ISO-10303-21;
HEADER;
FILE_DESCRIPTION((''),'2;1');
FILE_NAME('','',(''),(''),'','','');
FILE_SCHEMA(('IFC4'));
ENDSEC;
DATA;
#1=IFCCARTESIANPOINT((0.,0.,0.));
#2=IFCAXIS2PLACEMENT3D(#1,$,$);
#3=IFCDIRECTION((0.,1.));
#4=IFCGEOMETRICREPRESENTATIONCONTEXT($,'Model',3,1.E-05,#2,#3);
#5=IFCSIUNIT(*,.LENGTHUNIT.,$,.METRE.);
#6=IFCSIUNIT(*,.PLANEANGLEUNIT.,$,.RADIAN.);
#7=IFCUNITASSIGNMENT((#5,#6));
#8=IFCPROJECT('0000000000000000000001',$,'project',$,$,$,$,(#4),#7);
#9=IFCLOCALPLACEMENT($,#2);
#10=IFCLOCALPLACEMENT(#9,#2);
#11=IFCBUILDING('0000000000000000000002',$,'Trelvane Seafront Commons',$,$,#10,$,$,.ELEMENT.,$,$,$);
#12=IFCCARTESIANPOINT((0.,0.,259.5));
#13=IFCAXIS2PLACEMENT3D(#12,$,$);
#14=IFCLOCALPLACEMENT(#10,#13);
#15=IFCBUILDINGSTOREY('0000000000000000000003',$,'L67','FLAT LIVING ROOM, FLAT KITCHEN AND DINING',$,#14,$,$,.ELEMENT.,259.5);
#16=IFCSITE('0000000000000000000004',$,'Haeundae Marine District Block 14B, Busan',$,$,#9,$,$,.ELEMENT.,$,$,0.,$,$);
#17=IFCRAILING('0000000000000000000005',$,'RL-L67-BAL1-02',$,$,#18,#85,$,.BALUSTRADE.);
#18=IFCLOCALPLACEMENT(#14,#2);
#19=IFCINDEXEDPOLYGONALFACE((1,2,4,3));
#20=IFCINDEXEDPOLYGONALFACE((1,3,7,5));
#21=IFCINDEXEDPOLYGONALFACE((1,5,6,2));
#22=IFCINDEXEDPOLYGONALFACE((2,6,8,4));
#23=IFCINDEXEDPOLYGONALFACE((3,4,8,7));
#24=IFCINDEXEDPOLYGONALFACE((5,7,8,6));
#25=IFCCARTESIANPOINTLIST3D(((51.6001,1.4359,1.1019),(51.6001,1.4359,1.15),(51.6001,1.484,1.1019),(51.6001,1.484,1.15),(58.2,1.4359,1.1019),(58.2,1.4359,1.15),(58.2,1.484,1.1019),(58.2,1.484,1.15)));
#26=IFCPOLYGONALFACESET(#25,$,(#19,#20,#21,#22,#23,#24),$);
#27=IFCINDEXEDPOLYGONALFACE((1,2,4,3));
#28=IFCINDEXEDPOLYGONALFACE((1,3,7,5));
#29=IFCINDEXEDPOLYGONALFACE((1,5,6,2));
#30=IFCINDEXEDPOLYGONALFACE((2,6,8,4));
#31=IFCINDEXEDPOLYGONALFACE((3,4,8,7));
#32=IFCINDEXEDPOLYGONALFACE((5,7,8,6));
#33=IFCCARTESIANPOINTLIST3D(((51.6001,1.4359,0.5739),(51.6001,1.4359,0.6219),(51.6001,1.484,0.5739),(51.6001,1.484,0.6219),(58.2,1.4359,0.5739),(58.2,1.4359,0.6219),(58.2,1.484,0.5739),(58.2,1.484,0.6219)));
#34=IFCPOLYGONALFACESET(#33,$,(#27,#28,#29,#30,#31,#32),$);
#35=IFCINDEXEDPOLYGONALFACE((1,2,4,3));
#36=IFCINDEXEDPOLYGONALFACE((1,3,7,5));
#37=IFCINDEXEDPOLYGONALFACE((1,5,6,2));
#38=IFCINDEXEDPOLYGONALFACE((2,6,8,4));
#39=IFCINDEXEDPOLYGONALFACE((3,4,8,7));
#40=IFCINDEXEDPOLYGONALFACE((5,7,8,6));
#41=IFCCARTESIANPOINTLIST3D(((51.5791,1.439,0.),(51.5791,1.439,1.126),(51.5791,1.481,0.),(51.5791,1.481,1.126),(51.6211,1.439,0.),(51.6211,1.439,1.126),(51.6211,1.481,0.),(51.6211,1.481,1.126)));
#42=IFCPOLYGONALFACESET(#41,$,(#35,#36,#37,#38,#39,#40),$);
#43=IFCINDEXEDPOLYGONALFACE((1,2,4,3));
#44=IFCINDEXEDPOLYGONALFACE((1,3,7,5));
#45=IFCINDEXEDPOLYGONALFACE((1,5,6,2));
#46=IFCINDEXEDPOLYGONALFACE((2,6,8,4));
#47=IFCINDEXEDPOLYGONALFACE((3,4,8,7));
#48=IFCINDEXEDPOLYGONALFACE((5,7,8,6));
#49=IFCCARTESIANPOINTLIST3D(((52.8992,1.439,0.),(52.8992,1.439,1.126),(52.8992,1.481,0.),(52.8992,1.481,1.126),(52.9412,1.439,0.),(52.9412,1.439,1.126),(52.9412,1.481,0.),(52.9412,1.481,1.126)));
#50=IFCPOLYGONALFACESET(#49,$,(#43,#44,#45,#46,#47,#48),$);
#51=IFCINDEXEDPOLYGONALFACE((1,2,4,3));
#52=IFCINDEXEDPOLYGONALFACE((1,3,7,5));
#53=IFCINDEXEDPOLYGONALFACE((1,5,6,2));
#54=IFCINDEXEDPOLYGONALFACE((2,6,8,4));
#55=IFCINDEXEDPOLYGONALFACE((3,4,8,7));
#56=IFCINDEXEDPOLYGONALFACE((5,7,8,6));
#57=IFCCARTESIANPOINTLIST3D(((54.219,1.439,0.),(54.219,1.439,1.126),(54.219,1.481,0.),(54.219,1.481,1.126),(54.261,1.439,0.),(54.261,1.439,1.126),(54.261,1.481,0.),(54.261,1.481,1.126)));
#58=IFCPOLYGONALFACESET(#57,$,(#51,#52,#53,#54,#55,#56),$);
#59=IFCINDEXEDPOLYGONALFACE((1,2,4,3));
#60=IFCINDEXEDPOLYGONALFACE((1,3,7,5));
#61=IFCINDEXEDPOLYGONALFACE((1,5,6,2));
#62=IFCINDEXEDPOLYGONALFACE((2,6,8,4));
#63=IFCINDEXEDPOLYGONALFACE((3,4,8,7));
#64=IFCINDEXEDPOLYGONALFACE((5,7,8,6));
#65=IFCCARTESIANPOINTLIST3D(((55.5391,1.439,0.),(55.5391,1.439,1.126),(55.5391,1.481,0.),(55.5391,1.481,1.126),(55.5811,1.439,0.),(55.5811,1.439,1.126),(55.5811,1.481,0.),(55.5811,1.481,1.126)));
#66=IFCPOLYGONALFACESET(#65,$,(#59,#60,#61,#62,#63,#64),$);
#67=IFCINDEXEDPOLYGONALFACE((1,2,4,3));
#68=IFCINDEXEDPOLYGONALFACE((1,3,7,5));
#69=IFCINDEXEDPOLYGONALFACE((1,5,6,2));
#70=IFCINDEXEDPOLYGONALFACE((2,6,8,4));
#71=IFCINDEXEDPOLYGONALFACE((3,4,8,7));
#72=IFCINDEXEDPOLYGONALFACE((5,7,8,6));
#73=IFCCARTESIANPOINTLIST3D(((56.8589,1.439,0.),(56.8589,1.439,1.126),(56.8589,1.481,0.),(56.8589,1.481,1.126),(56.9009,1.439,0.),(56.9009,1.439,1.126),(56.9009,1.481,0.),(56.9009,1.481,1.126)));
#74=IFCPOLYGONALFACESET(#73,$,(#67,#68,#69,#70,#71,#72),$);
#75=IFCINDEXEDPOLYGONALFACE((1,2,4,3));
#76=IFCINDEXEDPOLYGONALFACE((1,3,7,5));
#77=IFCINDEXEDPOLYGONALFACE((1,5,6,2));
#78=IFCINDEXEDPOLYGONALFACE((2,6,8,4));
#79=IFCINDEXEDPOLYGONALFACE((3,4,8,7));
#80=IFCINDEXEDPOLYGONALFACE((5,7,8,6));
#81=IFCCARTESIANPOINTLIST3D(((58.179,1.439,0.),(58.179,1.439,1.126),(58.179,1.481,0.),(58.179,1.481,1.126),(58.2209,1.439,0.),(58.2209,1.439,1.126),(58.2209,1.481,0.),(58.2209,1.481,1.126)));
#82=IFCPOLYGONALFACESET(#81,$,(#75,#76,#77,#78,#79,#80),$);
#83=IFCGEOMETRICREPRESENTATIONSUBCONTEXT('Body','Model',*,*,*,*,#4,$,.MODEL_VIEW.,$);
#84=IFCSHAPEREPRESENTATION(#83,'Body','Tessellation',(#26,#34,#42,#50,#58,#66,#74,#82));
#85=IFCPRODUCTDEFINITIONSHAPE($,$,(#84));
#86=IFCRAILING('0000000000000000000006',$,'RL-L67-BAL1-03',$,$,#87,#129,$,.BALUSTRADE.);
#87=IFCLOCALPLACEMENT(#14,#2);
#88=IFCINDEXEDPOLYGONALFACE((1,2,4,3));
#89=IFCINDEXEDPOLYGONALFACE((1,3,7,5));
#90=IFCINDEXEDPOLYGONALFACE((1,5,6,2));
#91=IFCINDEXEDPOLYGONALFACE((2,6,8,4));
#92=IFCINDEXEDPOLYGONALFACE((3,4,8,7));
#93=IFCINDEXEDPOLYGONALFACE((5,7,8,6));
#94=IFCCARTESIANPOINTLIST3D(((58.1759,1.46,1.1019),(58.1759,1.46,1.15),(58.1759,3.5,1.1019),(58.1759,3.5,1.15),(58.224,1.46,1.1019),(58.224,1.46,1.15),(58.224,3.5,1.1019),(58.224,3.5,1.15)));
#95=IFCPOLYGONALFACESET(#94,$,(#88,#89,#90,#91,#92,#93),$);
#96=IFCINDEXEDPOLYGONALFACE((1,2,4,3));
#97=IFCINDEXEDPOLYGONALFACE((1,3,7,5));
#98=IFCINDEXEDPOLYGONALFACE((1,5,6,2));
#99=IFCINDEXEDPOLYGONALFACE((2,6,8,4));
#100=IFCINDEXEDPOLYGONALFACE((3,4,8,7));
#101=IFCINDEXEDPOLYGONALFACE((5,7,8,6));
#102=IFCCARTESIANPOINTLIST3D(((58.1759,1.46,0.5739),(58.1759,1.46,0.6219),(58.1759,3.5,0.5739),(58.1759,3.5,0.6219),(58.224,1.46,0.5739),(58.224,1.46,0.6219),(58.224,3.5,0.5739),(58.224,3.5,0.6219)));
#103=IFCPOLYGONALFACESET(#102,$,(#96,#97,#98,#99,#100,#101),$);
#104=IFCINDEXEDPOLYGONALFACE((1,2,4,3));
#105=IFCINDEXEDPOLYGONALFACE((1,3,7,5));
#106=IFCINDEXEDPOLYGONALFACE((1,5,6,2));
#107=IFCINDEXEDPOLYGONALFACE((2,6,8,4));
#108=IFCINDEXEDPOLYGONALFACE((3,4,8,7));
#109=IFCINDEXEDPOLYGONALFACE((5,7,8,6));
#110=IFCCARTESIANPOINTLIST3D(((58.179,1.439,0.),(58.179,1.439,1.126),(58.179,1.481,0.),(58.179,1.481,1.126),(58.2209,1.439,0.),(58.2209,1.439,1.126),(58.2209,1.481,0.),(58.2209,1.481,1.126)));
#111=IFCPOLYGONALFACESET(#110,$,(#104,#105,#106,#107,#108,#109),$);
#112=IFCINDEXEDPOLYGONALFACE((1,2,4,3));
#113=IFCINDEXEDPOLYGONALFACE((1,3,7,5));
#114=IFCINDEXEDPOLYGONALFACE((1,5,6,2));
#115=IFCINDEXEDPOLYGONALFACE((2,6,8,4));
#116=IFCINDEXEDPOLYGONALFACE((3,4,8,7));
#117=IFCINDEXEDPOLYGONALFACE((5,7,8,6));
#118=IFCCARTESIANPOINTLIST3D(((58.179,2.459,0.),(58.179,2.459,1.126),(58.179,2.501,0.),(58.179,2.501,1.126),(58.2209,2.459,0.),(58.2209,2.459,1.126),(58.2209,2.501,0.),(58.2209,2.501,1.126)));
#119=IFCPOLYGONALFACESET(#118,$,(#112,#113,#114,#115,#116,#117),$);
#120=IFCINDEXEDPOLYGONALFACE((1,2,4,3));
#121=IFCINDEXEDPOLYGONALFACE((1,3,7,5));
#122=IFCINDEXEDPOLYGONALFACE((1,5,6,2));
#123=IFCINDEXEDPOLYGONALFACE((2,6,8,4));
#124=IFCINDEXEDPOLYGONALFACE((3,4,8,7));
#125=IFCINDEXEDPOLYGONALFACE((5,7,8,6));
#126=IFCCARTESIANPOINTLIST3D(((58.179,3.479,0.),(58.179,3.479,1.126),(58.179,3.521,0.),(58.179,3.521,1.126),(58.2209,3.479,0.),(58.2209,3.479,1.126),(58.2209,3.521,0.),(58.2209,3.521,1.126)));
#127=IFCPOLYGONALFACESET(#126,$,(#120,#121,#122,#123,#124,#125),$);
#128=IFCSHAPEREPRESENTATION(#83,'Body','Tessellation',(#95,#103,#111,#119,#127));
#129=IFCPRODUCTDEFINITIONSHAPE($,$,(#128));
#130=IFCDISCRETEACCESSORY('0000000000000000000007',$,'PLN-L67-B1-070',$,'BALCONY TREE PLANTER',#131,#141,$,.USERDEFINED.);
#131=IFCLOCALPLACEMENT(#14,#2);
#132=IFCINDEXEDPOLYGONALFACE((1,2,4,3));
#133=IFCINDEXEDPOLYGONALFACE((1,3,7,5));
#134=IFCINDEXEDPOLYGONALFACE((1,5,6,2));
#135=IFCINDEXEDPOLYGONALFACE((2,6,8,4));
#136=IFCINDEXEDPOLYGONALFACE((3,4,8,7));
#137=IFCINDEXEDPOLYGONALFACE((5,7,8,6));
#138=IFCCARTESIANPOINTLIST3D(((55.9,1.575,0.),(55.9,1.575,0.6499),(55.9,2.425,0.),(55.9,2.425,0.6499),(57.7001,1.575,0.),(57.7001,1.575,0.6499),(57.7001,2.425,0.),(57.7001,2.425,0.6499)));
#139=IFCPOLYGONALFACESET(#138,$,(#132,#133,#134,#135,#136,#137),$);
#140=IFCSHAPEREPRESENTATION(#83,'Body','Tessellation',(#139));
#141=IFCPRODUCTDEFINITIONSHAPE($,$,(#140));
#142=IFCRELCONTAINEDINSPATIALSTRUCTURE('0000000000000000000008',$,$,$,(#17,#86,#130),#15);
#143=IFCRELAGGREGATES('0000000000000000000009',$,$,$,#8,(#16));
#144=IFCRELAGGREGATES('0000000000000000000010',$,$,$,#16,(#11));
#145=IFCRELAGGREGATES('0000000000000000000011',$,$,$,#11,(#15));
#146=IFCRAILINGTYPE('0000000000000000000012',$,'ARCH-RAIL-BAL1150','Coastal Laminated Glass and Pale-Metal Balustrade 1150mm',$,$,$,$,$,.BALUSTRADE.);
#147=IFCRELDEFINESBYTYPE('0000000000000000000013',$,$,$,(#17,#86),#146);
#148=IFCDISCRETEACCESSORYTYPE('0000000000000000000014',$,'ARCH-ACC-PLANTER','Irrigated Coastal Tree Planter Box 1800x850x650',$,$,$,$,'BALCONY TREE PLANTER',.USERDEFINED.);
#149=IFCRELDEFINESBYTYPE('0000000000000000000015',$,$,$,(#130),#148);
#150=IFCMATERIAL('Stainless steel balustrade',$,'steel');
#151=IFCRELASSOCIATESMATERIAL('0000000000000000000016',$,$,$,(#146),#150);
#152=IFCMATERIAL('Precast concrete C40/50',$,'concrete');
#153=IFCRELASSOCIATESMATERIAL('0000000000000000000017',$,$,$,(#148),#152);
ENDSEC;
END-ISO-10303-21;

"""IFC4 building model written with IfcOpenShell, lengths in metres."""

from ifc_helpers import new_model, si_unit, direction, frame, origin, origin_2d, place, context, subcontext, project, spatial, rectangle, extrude, source, transform, mapped, material, type_object, element, save


model = new_model("IFC4")

# Units and contexts
model_context = context("Model", 3, precision=1e-05, world=origin(), true_north=direction((0.0, 1.0)))
body_context = subcontext(model_context, "Body", "Model", "MODEL_VIEW")
ifc_project = project(units=[si_unit("LENGTHUNIT", "METRE"), si_unit("PLANEANGLEUNIT", "RADIAN")], contexts=[model_context])

# Site, building, storey
site_placement = place(None, origin())
site = spatial("IfcSite", under=ifc_project, at=site_placement, Name="Haeundae Marine District Block 14B, Busan", CompositionType="ELEMENT", RefElevation=0.0)
building_placement = place(site_placement, origin())
building = spatial("IfcBuilding", under=site, at=building_placement, Name="Trelvane Seafront Commons", CompositionType="ELEMENT")
storey_placement = place(building_placement, frame((0.0, 0.0, 259.5)))
storey = spatial("IfcBuildingStorey", under=building, at=storey_placement, Name="L67", Description="FLAT LIVING ROOM, FLAT KITCHEN AND DINING", CompositionType="ELEMENT", Elevation=259.5)

# Railings
ifc_material_1 = material(Name="Stainless steel balustrade", Category="steel")
railing_type = type_object("IfcRailingType", Name="ARCH-RAIL-BAL1150", Description="Coastal Laminated Glass and Pale-Metal Balustrade 1150mm", PredefinedType="BALUSTRADE", material=ifc_material_1)
railing_1_placement = place(storey_placement, frame((51.6001, 1.46, 0.0)))
element("IfcRailing", 1, at=railing_1_placement, inside=storey, type_object=railing_type, Name="RL-L67-BAL1-02", PredefinedType="BALUSTRADE", context=body_context, shape_type="SweptSolid", body=[
    extrude(rectangle(XDim=0.0481, YDim=0.0481, at=origin_2d()), frame((0.0, 0.0, 1.126), z_axis=(1.0, 0.0, 0.0), x_axis=(0.0, 1.0, 0.0)), (0.0, 0.0, 1.0), 6.5999),
    extrude(rectangle(XDim=0.0481, YDim=0.0481, at=origin_2d()), frame((0.0, 0.0, 0.5979), z_axis=(1.0, 0.0, 0.0), x_axis=(0.0, 1.0, 0.0)), (0.0, 0.0, 1.0), 6.5999),
    extrude(rectangle(XDim=0.042, YDim=0.042, at=origin_2d()), origin(), (0.0, 0.0, 1.0), 1.126),
    extrude(rectangle(XDim=0.042, YDim=0.042, at=origin_2d()), frame((1.3201, 0.0, 0.0)), (0.0, 0.0, 1.0), 1.126),
    extrude(rectangle(XDim=0.042, YDim=0.042, at=origin_2d()), frame((2.6399, 0.0, 0.0)), (0.0, 0.0, 1.0), 1.126),
    extrude(rectangle(XDim=0.042, YDim=0.042, at=origin_2d()), frame((3.96, 0.0, 0.0)), (0.0, 0.0, 1.0), 1.126),
    extrude(rectangle(XDim=0.042, YDim=0.042, at=origin_2d()), frame((5.2798, 0.0, 0.0)), (0.0, 0.0, 1.0), 1.126),
    extrude(rectangle(XDim=0.042, YDim=0.042, at=origin_2d()), frame((6.5999, 0.0, 0.0)), (0.0, 0.0, 1.0), 1.126),
])
railing_2_placement = place(storey_placement, frame((58.2, 1.46, 0.0)))
element("IfcRailing", 2, at=railing_2_placement, inside=storey, type_object=railing_type, Name="RL-L67-BAL1-03", PredefinedType="BALUSTRADE", context=body_context, shape_type="SweptSolid", body=[
    extrude(rectangle(XDim=0.0481, YDim=0.0481, at=origin_2d()), frame((0.0, 0.0, 1.126), z_axis=(0.0, 1.0, 0.0), x_axis=(-1.0, 0.0, 0.0)), (0.0, 0.0, 1.0), 2.04),
    extrude(rectangle(XDim=0.0481, YDim=0.0481, at=origin_2d()), frame((0.0, 0.0, 0.5979), z_axis=(0.0, 1.0, 0.0), x_axis=(-1.0, 0.0, 0.0)), (0.0, 0.0, 1.0), 2.04),
    extrude(rectangle(XDim=0.042, YDim=0.042, at=origin_2d()), origin(), (0.0, 0.0, 1.0), 1.126),
    extrude(rectangle(XDim=0.042, YDim=0.042, at=origin_2d()), frame((0.0, 1.02, 0.0)), (0.0, 0.0, 1.0), 1.126),
    extrude(rectangle(XDim=0.042, YDim=0.042, at=origin_2d()), frame((0.0, 2.04, 0.0)), (0.0, 0.0, 1.0), 1.126),
])

# Discrete accessory
ifc_material_2 = material(Name="Precast concrete C40/50", Category="concrete")
discrete_accessory_type = type_object("IfcDiscreteAccessoryType", Name="ARCH-ACC-PLANTER", Description="Irrigated Coastal Tree Planter Box 1800x850x650", ElementType="BALCONY TREE PLANTER", PredefinedType="USERDEFINED", material=ifc_material_2)
shared_shape_1 = source(origin(), body_context, "Body", "SweptSolid", [
    extrude(rectangle(XDim=1.8, YDim=0.8501, at=origin_2d()), origin(), (0.0, 0.0, 1.0), 0.6499),
])
discrete_accessory_placement = place(storey_placement, frame((56.8, 2.0, 0.0), z_axis=(0.0, 0.0, 1.0), x_axis=(1.0, 0.0, 0.0)))
element("IfcDiscreteAccessory", 3, at=discrete_accessory_placement, inside=storey, type_object=discrete_accessory_type, Name="PLN-L67-B1-070", ObjectType="BALCONY TREE PLANTER", PredefinedType="USERDEFINED", context=body_context, shape_type="MappedRepresentation", body=[
    mapped(shared_shape_1, transform((0.0, 0.0, 0.0), x_axis=(1.0, 0.0, 0.0), y_axis=(0.0, 1.0, 0.0), z_axis=(0.0, 0.0, 1.0), scale=1.0)),
])

save(model, "model.ifc")
